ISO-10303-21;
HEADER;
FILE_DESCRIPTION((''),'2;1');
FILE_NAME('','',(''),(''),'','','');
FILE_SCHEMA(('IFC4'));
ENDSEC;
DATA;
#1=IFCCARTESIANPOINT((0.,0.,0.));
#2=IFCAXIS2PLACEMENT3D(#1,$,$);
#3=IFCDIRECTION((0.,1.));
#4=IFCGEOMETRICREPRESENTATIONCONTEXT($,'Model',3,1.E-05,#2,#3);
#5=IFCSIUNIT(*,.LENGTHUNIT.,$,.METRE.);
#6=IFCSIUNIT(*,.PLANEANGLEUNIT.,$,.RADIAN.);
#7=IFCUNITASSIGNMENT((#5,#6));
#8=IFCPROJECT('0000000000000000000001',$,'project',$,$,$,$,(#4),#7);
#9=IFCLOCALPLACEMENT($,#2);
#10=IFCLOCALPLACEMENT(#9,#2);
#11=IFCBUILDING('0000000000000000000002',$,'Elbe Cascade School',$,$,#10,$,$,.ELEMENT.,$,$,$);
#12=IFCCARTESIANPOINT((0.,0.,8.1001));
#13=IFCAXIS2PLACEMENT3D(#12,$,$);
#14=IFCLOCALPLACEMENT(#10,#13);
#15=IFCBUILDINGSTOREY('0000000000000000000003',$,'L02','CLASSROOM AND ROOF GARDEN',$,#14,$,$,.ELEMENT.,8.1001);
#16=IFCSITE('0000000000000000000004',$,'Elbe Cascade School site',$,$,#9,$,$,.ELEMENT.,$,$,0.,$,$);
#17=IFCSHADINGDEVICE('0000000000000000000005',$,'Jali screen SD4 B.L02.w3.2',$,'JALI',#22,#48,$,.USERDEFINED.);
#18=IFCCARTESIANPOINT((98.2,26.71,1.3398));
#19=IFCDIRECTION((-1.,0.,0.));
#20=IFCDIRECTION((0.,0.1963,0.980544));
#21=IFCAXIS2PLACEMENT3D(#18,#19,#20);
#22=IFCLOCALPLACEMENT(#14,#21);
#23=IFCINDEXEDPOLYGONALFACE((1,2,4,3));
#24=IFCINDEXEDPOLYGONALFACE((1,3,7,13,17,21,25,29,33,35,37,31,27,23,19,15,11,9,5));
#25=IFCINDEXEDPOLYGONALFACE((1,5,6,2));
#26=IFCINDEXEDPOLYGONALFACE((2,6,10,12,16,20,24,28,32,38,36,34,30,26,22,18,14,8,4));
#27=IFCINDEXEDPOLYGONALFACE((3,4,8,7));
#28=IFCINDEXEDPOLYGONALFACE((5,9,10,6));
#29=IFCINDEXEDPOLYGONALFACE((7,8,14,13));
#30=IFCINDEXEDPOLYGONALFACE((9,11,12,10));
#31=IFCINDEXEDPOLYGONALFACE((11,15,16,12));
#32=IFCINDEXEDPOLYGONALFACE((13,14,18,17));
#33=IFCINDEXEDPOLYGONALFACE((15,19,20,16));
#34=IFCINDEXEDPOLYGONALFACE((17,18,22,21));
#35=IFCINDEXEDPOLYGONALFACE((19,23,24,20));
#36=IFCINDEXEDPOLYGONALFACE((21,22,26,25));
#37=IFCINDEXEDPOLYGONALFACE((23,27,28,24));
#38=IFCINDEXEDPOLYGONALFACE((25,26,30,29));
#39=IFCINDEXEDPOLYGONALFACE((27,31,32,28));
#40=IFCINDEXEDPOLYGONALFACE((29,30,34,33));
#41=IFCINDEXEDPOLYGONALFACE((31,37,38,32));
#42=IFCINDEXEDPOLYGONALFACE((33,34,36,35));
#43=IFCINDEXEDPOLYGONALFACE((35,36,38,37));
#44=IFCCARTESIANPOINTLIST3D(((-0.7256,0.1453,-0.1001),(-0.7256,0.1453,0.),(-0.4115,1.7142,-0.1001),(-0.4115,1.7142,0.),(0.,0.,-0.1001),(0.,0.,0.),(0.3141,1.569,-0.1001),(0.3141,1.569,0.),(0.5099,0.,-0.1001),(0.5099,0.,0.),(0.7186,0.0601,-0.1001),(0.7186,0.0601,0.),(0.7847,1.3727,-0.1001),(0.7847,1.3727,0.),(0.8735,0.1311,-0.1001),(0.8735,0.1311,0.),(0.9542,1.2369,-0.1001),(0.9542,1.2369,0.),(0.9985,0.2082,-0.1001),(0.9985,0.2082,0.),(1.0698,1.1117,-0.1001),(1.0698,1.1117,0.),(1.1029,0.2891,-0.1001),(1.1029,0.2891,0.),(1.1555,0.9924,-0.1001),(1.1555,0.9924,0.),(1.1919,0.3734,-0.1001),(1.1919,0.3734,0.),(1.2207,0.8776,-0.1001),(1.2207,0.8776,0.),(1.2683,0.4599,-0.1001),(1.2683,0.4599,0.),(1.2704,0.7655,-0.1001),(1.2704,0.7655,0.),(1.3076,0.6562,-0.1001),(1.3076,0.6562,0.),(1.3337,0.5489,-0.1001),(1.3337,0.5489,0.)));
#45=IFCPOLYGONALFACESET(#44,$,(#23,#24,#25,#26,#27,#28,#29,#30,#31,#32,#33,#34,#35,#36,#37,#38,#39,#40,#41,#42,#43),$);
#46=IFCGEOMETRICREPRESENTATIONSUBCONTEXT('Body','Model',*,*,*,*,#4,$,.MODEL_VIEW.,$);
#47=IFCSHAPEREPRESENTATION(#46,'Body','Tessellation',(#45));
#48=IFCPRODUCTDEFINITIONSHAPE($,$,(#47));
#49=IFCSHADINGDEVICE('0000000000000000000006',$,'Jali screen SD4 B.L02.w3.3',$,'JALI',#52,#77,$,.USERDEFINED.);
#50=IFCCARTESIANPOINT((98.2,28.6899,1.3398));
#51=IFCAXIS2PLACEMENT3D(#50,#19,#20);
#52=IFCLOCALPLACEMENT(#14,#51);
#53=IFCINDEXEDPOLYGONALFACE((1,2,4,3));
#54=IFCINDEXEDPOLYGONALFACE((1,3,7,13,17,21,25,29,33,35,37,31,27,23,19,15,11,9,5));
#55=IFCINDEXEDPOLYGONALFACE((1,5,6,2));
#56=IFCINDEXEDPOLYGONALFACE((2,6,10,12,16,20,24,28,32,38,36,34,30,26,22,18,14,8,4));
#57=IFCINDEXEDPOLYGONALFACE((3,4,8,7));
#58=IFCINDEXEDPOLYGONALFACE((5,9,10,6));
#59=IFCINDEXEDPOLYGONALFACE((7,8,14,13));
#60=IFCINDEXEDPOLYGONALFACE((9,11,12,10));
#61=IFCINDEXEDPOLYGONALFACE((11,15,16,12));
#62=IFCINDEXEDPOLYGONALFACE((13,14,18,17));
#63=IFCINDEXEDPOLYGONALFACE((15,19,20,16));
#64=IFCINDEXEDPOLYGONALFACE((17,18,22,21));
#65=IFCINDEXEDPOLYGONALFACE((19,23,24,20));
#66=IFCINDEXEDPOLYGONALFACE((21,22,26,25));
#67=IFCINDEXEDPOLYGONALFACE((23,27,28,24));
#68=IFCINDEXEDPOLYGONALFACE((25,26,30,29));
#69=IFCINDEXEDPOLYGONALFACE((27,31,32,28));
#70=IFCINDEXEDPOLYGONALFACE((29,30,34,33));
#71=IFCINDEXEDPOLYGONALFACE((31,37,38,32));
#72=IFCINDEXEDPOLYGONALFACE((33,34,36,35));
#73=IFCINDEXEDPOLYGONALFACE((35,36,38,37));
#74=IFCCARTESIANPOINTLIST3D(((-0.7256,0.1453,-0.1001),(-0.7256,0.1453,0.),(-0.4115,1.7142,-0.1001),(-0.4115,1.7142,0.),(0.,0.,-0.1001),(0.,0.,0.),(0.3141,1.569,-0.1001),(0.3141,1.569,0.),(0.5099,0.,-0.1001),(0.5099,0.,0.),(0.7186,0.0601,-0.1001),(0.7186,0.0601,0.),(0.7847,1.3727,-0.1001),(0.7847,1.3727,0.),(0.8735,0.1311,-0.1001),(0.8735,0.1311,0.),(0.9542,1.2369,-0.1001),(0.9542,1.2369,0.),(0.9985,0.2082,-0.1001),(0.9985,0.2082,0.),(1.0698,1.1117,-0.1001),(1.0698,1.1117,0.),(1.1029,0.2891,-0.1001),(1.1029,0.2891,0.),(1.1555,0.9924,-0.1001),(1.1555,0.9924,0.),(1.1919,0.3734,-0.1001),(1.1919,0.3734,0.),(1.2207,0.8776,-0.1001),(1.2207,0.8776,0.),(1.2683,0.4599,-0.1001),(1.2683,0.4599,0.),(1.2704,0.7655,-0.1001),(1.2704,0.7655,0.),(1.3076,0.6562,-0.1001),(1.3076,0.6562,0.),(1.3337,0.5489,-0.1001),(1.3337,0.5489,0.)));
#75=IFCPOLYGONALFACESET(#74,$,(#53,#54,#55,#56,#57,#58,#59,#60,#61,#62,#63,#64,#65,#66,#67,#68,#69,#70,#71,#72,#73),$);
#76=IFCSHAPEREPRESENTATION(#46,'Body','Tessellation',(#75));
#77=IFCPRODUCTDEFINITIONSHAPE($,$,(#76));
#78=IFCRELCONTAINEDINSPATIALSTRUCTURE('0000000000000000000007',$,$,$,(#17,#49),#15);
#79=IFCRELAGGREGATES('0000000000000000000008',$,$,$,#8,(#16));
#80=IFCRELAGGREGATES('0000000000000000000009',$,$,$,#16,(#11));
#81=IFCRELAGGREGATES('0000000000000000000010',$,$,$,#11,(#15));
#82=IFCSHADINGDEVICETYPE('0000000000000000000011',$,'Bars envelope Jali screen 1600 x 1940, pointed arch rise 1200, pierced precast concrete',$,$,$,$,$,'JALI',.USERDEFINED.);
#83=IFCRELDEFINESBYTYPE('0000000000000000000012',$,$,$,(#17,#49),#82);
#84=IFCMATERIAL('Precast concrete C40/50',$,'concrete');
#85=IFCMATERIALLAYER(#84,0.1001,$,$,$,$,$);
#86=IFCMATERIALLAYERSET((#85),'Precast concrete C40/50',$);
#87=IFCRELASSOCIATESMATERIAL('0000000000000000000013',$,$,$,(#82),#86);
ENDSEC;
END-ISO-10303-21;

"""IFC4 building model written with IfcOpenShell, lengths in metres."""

from ifc_helpers import new_model, si_unit, direction, frame, origin, place, context, subcontext, project, spatial, polyline, outline, extrude, material, layer, layer_set, type_object, element, save


model = new_model("IFC4")

# Units and contexts
model_context = context("Model", 3, precision=1e-05, world=origin(), true_north=direction((0.0, 1.0)))
body_context = subcontext(model_context, "Body", "Model", "MODEL_VIEW")
ifc_project = project(units=[si_unit("LENGTHUNIT", "METRE"), si_unit("PLANEANGLEUNIT", "RADIAN")], contexts=[model_context])

# Site, building, storey
site_placement = place(None, origin())
site = spatial("IfcSite", under=ifc_project, at=site_placement, Name="Elbe Cascade School site", CompositionType="ELEMENT", RefElevation=0.0)
building_placement = place(site_placement, origin())
building = spatial("IfcBuilding", under=site, at=building_placement, Name="Elbe Cascade School", CompositionType="ELEMENT")
storey_placement = place(building_placement, frame((0.0, 0.0, 8.1001)))
storey = spatial("IfcBuildingStorey", under=building, at=storey_placement, Name="L02", Description="CLASSROOM AND ROOF GARDEN", CompositionType="ELEMENT", Elevation=8.1001)

# Shading devices
ifc_material_1 = material(Name="Precast concrete C40/50", Category="concrete")
ifc_layer_1 = layer(ifc_material_1, 0.1001)
ifc_layer_set_1 = layer_set([ifc_layer_1], Name="Precast concrete C40/50")
shading_device_type_1 = type_object("IfcShadingDeviceType", Name="Bars envelope Jali screen 1600 x 1940, pointed arch rise 1200, pierced precast concrete", ElementType="JALI", PredefinedType="USERDEFINED", material=ifc_layer_set_1)
for number, where, z_axis, x_axis, name in (
    (1, (98.2, 26.71, 1.3398), (-1.0, 0.0, 0.0), (0.0, 0.1963, 0.980544), "Jali screen SD4 B.L02.w3.2"),
    (2, (98.2, 28.6899, 1.3398), (-1.0, 0.0, 0.0), (0.0, 0.1963, 0.980544), "Jali screen SD4 B.L02.w3.3"),
):
    element("IfcShadingDevice", number, at=place(storey_placement, frame(where, z_axis=z_axis, x_axis=x_axis)), inside=storey, type_object=shading_device_type_1, Name=name, ObjectType="JALI", PredefinedType="USERDEFINED", context=body_context, shape_type="SweptSolid", body=[
        extrude(outline(polyline([(0.0, 0.0), (0.5099, 0.0), (0.7186, 0.0601), (0.8735, 0.1311), (0.9985, 0.2082), (1.1029, 0.2891), (1.1919, 0.3734), (1.2683, 0.4599), (1.3337, 0.5489), (1.3076, 0.6562), (1.2704, 0.7655), (1.2207, 0.8776), (1.1555, 0.9924), (1.0698, 1.1117), (0.9542, 1.2369), (0.7847, 1.3727), (0.3141, 1.569), (-0.4115, 1.7142), (-0.7256, 0.1453), (0.0, 0.0)])), origin(), (0.0, 0.0, -1.0), 0.1001),
    ])

save(model, "model.ifc")
